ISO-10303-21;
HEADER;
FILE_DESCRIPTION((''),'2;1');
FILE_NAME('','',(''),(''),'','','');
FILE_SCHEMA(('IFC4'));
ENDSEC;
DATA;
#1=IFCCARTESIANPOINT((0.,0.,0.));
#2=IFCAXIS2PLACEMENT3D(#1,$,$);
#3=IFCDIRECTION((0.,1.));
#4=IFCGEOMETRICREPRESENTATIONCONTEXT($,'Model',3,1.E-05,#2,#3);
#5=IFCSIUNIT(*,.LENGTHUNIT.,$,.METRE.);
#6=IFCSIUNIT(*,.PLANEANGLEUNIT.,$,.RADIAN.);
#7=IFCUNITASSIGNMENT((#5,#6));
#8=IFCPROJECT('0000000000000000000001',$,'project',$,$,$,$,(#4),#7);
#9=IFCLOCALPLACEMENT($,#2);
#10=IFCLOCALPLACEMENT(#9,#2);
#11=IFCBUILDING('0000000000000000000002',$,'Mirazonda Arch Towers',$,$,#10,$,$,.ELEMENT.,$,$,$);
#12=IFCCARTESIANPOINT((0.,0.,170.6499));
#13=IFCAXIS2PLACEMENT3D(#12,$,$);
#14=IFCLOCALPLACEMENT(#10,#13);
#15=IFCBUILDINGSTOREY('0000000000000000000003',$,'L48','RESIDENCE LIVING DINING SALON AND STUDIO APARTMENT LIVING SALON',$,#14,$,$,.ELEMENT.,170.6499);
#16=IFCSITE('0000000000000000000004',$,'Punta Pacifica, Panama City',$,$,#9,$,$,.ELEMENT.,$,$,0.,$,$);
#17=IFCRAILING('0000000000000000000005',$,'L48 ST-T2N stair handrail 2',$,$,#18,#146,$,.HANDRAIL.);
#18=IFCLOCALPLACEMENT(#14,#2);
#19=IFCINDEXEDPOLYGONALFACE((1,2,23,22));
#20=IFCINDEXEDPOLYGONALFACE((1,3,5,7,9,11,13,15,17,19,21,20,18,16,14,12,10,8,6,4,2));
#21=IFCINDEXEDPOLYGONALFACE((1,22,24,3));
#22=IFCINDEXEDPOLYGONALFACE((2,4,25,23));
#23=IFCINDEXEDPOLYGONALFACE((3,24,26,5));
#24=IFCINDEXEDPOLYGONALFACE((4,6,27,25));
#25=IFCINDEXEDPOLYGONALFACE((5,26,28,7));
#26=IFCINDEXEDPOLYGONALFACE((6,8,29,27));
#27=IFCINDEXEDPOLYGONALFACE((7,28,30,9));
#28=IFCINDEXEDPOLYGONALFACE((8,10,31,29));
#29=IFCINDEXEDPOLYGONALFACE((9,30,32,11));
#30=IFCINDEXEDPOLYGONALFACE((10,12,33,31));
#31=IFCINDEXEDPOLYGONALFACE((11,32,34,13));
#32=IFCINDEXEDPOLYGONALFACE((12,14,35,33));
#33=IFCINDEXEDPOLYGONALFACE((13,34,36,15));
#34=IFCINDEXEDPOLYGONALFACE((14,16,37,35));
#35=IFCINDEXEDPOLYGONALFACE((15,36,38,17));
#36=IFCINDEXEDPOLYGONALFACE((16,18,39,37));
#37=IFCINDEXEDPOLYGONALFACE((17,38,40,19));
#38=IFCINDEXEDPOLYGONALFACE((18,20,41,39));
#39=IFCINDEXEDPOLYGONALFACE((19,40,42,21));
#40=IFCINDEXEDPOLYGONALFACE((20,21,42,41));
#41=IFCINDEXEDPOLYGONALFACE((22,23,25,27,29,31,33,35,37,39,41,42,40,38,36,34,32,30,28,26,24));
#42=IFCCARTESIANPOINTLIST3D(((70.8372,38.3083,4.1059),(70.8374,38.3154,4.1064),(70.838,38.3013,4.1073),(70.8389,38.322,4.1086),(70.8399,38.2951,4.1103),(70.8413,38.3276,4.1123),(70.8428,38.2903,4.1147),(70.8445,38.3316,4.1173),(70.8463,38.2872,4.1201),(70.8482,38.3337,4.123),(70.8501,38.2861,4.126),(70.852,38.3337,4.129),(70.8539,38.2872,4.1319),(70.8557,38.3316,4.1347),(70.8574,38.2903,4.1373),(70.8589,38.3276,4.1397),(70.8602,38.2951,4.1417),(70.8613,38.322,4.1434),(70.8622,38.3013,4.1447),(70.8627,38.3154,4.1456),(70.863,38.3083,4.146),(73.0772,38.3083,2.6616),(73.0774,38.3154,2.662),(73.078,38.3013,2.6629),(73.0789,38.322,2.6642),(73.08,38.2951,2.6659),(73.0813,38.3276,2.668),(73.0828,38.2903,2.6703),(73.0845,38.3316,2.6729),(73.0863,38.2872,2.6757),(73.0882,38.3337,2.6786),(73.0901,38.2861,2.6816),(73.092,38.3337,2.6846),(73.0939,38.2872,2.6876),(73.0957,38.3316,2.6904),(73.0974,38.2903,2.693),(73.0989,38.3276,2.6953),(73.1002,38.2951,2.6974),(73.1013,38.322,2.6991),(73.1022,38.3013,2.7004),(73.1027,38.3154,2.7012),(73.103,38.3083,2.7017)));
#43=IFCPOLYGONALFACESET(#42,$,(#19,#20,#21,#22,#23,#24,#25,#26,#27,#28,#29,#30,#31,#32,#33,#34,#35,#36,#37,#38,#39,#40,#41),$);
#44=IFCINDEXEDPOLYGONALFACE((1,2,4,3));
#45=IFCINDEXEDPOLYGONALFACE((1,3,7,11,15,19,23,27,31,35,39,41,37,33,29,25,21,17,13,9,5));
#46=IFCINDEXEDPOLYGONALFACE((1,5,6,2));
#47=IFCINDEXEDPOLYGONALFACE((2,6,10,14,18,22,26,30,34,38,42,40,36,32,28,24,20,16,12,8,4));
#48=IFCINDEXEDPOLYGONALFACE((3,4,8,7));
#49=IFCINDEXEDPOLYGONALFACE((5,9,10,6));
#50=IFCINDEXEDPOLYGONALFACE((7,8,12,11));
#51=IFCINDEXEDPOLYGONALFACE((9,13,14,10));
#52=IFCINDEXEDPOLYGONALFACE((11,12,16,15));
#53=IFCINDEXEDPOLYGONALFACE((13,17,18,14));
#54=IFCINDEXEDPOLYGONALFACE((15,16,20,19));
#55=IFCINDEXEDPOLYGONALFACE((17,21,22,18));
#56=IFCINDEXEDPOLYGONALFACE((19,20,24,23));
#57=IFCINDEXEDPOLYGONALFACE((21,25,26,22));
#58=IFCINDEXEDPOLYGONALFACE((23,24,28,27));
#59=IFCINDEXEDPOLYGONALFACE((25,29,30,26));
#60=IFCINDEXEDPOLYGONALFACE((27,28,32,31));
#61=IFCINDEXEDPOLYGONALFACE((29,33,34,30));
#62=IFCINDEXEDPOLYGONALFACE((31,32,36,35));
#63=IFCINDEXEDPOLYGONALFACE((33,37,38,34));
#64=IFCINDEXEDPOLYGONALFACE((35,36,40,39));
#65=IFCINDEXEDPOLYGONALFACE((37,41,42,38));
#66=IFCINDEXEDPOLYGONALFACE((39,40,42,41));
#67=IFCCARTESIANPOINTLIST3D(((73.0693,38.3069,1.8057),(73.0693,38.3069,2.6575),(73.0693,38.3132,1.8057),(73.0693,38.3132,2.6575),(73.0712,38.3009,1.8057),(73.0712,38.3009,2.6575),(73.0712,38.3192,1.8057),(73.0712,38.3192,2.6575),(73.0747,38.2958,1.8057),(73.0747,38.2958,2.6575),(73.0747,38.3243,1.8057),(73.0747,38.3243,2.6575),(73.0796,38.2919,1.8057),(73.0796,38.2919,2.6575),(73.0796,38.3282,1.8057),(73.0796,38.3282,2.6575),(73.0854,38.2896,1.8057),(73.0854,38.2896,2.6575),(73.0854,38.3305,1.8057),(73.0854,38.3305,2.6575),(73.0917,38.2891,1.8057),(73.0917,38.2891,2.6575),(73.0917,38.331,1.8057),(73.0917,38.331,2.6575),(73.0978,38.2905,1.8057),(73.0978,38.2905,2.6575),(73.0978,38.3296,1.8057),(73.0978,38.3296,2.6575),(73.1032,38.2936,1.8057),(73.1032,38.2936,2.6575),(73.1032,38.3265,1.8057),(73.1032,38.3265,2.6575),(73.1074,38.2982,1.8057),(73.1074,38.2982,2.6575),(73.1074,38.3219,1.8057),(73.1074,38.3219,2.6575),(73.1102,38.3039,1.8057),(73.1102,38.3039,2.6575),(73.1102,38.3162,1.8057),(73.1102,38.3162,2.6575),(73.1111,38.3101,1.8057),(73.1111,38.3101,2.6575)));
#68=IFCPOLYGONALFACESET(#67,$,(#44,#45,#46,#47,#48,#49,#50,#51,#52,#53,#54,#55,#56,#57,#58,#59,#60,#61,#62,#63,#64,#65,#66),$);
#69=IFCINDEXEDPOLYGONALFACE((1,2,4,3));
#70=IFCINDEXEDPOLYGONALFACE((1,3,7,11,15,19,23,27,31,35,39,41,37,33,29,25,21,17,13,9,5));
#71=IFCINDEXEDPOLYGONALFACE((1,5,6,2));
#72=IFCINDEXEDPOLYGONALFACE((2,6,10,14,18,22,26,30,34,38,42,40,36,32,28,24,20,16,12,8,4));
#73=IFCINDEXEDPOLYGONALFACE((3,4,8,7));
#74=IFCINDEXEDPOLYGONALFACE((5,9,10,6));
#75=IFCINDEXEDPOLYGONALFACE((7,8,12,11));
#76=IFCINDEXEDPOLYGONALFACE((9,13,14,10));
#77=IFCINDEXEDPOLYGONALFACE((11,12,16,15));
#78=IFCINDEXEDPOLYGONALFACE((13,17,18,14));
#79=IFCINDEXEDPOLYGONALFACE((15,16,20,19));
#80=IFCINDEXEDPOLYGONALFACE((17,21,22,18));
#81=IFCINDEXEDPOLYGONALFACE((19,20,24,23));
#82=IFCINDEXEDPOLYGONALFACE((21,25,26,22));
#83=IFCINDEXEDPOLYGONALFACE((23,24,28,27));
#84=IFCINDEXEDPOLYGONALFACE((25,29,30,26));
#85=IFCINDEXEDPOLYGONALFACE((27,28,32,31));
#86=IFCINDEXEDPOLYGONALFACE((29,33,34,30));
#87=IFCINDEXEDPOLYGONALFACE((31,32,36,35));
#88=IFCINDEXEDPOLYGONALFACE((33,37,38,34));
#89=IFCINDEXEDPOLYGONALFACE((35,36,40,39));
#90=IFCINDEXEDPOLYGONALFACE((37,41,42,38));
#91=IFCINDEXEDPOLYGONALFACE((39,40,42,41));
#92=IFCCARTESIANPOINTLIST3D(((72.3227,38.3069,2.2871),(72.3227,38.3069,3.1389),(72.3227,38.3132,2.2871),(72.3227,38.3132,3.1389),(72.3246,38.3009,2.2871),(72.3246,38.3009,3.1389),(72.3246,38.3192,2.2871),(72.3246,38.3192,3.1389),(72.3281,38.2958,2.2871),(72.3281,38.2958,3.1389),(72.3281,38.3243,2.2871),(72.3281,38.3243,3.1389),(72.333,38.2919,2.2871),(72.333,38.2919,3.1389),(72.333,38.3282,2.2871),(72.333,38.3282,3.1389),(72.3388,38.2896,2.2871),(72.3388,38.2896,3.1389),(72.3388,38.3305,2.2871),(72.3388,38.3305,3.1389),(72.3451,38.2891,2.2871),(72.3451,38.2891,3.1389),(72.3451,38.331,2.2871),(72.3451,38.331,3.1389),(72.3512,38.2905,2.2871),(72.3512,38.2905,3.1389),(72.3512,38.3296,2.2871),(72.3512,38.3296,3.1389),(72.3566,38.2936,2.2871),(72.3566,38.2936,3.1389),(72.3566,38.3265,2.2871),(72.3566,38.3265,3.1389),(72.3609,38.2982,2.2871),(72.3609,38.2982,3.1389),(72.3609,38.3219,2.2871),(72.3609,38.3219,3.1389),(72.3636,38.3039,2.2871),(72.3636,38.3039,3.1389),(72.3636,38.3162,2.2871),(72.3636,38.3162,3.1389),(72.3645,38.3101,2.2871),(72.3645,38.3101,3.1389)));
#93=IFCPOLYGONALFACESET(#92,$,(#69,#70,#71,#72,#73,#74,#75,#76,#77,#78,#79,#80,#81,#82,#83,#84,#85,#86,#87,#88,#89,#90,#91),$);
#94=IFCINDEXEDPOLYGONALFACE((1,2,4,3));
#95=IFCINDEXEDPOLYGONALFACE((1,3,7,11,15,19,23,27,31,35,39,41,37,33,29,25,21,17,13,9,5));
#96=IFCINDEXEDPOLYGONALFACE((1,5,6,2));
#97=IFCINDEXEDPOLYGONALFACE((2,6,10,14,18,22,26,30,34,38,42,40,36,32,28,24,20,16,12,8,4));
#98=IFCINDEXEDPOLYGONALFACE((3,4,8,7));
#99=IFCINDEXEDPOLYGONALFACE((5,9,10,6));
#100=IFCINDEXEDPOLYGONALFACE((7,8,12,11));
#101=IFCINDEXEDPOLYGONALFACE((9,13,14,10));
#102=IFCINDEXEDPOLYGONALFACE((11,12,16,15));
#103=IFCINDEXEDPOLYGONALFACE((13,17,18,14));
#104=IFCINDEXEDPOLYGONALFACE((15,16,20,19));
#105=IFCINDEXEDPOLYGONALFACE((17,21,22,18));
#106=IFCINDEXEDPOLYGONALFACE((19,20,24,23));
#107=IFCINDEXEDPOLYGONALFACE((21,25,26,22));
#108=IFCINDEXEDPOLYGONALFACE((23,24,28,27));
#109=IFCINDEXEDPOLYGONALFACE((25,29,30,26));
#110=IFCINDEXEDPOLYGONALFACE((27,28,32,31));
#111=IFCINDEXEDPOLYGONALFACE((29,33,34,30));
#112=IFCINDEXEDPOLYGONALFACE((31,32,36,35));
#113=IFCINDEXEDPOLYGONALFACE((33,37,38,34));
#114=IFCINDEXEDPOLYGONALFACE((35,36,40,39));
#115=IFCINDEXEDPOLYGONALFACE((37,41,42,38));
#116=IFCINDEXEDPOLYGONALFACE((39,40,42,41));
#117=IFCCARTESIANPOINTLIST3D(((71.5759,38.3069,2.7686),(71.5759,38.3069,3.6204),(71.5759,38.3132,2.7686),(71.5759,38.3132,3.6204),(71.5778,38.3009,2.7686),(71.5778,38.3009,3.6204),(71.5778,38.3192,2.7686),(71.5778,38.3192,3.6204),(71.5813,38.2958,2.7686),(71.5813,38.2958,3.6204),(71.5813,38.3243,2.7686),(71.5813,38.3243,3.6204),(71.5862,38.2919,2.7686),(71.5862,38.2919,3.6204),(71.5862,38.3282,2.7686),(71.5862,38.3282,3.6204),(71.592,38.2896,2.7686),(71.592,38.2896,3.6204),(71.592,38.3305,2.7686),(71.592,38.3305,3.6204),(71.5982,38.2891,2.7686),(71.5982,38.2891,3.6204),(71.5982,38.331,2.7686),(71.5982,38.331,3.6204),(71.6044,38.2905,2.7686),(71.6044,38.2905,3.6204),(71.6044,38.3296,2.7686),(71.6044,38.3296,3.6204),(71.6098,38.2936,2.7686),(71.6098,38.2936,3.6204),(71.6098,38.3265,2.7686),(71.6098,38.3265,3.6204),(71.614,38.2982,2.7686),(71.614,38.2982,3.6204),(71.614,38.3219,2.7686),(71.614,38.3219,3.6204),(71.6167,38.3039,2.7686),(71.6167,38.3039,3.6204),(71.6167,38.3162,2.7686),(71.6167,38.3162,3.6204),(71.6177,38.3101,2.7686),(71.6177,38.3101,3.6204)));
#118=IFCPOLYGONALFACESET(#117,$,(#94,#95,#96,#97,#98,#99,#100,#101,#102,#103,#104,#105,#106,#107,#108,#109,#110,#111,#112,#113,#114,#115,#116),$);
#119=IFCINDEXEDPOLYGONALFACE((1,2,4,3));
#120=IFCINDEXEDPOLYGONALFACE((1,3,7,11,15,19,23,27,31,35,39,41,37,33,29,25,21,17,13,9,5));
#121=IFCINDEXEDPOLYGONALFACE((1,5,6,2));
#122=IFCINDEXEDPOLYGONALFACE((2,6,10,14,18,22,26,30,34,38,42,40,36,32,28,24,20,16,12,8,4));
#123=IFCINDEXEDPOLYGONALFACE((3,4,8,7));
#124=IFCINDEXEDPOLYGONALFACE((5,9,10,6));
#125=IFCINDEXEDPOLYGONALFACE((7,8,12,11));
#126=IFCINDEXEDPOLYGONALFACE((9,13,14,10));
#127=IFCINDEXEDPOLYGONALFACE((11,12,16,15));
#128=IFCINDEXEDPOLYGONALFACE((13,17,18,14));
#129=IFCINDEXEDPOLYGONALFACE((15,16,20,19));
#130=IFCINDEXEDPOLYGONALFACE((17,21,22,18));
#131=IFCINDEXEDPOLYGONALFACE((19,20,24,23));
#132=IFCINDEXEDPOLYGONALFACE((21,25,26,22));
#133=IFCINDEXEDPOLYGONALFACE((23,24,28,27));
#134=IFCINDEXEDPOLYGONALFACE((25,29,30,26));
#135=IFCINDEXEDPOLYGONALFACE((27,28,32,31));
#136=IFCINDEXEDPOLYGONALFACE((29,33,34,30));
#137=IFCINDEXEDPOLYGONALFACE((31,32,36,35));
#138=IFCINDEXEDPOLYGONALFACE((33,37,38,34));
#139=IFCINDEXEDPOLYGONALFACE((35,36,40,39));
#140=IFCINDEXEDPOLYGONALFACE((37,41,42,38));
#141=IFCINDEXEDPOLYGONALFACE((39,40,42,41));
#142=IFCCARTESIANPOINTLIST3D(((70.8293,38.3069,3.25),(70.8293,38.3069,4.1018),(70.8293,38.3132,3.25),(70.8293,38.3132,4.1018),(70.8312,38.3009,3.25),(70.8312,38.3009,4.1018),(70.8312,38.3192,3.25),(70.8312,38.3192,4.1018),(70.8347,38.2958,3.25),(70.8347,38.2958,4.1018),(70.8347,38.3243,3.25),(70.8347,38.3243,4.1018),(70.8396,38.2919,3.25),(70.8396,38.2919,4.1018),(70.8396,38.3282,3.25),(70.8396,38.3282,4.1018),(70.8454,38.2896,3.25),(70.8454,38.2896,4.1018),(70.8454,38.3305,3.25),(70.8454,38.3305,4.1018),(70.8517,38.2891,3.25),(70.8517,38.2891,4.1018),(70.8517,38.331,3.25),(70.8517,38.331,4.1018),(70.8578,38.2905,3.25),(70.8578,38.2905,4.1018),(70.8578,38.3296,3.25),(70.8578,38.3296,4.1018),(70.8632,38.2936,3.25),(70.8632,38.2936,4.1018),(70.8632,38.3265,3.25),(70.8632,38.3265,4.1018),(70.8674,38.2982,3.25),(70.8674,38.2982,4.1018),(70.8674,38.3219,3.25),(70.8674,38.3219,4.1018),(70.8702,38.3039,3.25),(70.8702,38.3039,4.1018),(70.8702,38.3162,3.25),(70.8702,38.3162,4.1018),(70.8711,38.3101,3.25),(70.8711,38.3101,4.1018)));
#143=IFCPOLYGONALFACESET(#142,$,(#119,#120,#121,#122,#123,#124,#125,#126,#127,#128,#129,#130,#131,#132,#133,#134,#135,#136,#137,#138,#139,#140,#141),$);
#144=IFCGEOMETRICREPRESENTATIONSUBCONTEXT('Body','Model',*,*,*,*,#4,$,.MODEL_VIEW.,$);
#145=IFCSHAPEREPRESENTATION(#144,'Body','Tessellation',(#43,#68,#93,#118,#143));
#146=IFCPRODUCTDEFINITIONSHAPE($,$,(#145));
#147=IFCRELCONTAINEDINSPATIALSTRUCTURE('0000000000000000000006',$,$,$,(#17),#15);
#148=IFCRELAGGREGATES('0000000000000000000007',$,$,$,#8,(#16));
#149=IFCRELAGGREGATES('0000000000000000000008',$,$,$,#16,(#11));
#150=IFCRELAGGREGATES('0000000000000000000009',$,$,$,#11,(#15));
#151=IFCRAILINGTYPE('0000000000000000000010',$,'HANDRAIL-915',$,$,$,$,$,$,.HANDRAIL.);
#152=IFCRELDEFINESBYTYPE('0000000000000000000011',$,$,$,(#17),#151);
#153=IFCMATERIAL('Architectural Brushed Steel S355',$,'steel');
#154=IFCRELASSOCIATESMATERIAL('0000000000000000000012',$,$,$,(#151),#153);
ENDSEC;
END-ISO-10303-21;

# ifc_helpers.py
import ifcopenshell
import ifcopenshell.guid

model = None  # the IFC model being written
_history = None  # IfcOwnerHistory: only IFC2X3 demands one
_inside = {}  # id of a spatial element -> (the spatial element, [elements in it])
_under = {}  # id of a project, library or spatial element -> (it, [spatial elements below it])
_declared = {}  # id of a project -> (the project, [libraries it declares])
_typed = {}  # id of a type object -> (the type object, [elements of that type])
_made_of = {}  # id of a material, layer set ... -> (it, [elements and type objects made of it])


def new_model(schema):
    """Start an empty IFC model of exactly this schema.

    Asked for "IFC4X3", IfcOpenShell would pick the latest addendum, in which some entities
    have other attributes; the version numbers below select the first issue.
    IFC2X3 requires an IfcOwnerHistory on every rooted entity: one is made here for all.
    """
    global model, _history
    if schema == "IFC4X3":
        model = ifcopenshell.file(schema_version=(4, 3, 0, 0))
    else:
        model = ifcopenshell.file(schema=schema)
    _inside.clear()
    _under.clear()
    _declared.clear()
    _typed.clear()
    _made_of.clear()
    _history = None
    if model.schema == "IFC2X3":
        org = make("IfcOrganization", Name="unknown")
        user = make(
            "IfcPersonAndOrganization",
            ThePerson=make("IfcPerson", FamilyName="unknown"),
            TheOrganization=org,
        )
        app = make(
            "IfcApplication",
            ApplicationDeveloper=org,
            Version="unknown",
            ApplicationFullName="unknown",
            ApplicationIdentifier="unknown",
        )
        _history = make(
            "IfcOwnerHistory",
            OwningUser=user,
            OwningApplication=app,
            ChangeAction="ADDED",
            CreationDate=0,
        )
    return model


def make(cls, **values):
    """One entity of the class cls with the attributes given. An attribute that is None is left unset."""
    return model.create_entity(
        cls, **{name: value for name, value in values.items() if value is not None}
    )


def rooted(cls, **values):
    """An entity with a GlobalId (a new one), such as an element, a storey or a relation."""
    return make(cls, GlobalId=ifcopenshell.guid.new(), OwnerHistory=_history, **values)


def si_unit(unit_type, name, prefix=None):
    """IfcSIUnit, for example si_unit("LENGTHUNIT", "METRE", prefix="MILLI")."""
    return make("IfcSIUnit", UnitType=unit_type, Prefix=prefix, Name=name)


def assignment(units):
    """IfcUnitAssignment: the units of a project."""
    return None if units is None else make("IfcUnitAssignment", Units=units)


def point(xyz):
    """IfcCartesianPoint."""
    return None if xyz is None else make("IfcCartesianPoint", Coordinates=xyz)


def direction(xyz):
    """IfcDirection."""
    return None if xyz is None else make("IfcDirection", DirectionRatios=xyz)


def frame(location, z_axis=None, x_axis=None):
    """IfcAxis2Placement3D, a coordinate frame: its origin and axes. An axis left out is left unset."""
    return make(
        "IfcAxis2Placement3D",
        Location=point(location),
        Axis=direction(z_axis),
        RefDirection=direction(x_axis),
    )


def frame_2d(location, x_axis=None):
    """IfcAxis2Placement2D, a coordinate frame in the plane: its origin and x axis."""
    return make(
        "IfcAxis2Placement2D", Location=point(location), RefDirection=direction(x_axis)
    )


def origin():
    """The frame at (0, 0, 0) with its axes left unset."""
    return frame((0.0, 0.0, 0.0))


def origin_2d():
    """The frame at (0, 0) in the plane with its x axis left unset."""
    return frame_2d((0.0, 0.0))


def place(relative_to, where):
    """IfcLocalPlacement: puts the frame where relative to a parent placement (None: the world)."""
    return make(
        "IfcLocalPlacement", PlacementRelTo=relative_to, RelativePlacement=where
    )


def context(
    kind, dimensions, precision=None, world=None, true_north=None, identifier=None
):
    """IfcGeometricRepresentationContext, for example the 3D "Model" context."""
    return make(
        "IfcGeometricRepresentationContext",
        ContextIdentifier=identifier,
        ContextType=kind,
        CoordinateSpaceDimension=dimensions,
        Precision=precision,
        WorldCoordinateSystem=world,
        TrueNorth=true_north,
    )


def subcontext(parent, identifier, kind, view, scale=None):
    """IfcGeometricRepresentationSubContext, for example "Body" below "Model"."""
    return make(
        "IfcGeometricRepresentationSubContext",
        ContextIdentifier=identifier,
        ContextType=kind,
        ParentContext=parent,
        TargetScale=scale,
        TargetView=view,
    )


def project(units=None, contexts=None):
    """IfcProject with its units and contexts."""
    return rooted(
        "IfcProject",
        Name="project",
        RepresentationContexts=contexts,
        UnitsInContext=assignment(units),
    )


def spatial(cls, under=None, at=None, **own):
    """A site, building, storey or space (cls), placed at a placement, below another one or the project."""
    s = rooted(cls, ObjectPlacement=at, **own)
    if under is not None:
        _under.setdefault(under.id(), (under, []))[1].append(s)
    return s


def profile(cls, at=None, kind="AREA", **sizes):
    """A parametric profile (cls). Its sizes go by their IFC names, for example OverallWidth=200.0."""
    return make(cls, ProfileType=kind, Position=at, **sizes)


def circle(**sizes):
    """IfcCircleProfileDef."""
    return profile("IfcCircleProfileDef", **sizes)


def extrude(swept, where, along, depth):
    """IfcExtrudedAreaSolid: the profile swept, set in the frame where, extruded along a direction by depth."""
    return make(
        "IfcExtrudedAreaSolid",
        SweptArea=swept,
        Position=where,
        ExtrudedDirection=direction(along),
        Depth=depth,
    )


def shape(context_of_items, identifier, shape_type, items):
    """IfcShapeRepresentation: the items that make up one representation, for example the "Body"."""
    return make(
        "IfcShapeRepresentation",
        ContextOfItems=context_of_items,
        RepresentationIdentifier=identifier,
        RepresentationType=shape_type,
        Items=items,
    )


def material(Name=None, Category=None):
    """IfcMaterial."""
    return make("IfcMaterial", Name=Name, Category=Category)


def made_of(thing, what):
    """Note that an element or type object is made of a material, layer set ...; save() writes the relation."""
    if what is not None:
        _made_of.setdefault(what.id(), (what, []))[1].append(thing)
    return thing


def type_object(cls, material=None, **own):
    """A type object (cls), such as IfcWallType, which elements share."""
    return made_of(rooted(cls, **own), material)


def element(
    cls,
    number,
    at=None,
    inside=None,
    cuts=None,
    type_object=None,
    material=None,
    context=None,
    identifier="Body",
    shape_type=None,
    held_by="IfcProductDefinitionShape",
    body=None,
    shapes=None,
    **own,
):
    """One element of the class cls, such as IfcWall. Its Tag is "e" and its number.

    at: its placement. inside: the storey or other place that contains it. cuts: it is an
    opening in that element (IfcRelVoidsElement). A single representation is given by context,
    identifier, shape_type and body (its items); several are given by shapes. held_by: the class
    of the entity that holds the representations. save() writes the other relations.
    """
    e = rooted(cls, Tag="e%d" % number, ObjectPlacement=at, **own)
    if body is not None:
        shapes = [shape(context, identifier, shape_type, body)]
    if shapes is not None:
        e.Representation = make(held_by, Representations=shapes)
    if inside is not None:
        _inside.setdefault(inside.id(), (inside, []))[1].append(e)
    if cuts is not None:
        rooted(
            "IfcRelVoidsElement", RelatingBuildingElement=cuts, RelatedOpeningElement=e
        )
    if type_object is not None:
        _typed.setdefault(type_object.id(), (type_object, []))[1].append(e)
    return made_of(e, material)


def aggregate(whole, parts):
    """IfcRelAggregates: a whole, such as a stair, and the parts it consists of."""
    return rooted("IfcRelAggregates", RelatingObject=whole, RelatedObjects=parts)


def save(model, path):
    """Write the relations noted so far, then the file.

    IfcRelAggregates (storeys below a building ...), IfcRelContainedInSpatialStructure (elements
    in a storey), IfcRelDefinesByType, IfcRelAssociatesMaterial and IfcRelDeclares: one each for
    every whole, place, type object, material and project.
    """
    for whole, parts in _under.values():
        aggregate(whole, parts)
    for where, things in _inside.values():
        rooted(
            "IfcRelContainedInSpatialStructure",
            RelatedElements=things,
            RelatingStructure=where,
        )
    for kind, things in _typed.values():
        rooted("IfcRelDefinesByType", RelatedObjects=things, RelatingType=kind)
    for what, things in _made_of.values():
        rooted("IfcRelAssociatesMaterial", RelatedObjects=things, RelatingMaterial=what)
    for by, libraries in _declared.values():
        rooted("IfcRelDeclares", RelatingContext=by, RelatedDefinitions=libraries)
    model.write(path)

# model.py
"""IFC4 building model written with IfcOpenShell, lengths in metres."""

from ifc_helpers import new_model, si_unit, direction, frame, origin, origin_2d, place, context, subcontext, project, spatial, circle, extrude, material, type_object, element, save


model = new_model("IFC4")

# Units and contexts
model_context = context("Model", 3, precision=1e-05, world=origin(), true_north=direction((0.0, 1.0)))
body_context = subcontext(model_context, "Body", "Model", "MODEL_VIEW")
ifc_project = project(units=[si_unit("LENGTHUNIT", "METRE"), si_unit("PLANEANGLEUNIT", "RADIAN")], contexts=[model_context])

# Site, building, storey
site_placement = place(None, origin())
site = spatial("IfcSite", under=ifc_project, at=site_placement, Name="Punta Pacifica, Panama City", CompositionType="ELEMENT", RefElevation=0.0)
building_placement = place(site_placement, origin())
building = spatial("IfcBuilding", under=site, at=building_placement, Name="Mirazonda Arch Towers", CompositionType="ELEMENT")
storey_placement = place(building_placement, frame((0.0, 0.0, 170.6499)))
storey = spatial("IfcBuildingStorey", under=building, at=storey_placement, Name="L48", Description="RESIDENCE LIVING DINING SALON AND STUDIO APARTMENT LIVING SALON", CompositionType="ELEMENT", Elevation=170.6499)

# Railing
ifc_material_1 = material(Name="Architectural Brushed Steel S355", Category="steel")
railing_type_1 = type_object("IfcRailingType", Name="HANDRAIL-915", PredefinedType="HANDRAIL", material=ifc_material_1)
railing_1_placement = place(storey_placement, frame((73.0901, 38.3101, 1.8057)))
element("IfcRailing", 1, at=railing_1_placement, inside=storey, type_object=railing_type_1, Name="L48 ST-T2N stair handrail 2", PredefinedType="HANDRAIL", context=body_context, shape_type="SweptSolid", body=[
    extrude(circle(Radius=0.0239, at=origin_2d()), frame((0.0, 0.0, 0.876), z_axis=(-0.840437, 0.0, 0.54191), x_axis=(0.0, -1.0, 0.0)), (0.0, 0.0, 1.0), 2.6653),
    extrude(circle(Radius=0.021, at=origin_2d()), origin(), (0.0, 0.0, 1.0), 0.8518),
    extrude(circle(Radius=0.021, at=origin_2d()), frame((-0.7466, 0.0, 0.4814)), (0.0, 0.0, 1.0), 0.8518),
    extrude(circle(Radius=0.021, at=origin_2d()), frame((-1.4934, 0.0, 0.9629)), (0.0, 0.0, 1.0), 0.8518),
    extrude(circle(Radius=0.021, at=origin_2d()), frame((-2.24, 0.0, 1.4443)), (0.0, 0.0, 1.0), 0.8518),
])

save(model, "model.ifc")
